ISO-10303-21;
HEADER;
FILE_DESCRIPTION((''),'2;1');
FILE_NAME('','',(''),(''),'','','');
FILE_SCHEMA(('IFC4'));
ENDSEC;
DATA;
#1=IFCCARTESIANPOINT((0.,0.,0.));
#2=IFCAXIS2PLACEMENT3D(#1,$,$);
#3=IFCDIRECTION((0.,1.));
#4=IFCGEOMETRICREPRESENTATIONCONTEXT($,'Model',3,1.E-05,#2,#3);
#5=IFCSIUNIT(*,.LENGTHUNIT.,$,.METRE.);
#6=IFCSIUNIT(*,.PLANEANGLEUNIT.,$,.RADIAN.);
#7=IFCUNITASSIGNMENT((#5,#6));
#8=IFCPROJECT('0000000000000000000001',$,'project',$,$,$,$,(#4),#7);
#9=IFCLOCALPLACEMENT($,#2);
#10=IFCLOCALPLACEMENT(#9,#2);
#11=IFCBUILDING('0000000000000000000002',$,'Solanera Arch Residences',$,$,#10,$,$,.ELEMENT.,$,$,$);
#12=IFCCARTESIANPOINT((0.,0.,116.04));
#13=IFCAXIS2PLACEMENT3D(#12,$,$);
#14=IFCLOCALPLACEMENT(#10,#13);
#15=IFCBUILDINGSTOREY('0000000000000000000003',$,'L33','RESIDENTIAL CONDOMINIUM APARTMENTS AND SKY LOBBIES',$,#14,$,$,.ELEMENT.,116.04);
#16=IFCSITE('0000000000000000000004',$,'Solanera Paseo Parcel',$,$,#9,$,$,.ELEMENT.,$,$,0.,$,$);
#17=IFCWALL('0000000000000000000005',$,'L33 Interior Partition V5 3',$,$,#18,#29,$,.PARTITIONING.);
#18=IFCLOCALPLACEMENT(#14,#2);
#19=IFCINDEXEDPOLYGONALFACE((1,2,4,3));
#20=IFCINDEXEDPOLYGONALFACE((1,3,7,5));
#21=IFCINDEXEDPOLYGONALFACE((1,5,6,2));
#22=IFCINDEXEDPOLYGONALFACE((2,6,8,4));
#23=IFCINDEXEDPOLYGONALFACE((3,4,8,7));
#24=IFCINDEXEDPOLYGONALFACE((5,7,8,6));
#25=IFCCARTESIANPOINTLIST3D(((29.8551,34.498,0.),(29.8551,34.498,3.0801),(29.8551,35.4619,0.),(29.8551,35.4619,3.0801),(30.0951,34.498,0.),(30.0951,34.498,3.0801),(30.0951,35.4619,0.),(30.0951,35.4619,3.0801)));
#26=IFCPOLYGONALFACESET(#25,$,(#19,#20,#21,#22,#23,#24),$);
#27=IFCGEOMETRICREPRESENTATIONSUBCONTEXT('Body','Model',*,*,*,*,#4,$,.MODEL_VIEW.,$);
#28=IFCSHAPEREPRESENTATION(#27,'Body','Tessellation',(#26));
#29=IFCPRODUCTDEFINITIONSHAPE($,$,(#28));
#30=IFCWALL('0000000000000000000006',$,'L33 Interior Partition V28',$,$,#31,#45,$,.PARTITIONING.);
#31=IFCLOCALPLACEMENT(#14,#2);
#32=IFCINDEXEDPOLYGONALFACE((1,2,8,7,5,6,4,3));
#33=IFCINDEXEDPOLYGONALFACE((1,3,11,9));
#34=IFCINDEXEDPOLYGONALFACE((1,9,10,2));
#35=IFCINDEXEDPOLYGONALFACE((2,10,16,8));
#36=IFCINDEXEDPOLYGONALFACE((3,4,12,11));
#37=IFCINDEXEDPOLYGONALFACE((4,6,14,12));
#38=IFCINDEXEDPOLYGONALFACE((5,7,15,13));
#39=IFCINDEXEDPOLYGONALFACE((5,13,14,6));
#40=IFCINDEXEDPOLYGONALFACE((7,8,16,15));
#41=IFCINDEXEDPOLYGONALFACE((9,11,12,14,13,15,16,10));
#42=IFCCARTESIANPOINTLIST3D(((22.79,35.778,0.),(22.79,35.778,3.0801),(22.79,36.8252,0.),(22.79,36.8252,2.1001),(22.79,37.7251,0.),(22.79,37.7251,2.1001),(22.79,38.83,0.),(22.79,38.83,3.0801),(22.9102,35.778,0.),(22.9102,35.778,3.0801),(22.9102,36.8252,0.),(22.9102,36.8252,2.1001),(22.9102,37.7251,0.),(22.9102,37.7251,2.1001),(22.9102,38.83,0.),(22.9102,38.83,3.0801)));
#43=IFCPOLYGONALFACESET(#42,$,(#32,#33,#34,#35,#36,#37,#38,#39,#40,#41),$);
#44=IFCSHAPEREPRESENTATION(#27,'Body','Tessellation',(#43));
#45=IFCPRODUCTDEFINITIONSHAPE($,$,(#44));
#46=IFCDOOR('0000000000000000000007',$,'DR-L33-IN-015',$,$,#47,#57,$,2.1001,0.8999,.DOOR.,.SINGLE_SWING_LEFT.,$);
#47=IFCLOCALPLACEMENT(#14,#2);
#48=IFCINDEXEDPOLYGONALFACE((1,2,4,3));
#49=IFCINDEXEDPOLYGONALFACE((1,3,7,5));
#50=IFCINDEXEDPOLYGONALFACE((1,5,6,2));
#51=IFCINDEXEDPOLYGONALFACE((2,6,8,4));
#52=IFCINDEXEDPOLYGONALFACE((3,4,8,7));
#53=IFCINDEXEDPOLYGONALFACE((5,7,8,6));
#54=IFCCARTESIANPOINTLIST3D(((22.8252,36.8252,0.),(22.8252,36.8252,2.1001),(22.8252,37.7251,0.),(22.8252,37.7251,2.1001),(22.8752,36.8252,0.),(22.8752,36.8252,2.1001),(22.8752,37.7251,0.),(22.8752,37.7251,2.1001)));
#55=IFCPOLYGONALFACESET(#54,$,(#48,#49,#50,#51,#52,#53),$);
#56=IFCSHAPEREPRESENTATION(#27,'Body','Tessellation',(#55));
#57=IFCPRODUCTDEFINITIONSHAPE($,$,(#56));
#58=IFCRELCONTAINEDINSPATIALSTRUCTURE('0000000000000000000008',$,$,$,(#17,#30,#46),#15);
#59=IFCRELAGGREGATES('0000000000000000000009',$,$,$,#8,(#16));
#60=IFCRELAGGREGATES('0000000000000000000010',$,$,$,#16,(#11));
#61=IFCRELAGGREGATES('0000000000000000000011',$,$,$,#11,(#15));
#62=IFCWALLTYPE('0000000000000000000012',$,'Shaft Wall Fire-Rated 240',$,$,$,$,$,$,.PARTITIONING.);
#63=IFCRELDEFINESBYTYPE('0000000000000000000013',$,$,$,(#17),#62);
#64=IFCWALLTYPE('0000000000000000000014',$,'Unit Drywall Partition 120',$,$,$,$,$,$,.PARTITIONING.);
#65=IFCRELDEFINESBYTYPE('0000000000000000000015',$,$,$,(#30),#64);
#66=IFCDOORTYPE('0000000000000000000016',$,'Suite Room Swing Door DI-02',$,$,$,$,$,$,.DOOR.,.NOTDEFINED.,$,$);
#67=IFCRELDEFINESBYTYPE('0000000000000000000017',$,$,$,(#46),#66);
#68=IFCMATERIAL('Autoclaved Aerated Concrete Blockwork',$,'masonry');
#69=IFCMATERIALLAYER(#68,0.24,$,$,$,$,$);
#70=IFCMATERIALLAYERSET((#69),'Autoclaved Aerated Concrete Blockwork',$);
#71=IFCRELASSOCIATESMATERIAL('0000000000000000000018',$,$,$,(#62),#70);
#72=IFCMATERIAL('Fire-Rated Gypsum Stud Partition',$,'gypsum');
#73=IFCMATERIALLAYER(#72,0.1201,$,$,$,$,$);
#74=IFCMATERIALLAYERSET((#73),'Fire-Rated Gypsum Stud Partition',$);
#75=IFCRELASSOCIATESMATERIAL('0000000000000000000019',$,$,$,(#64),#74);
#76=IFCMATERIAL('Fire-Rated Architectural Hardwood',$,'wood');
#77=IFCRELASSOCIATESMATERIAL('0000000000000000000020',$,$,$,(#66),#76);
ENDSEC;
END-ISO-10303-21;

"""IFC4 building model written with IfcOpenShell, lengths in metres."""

from ifc_helpers import new_model, si_unit, direction, frame, frame_2d, origin, place, context, subcontext, project, spatial, rectangle, extrude, material, layer, layer_set, type_object, element, fill, save


model = new_model("IFC4")

# Units and contexts
model_context = context("Model", 3, precision=1e-05, world=origin(), true_north=direction((0.0, 1.0)))
body_context = subcontext(model_context, "Body", "Model", "MODEL_VIEW")
ifc_project = project(units=[si_unit("LENGTHUNIT", "METRE"), si_unit("PLANEANGLEUNIT", "RADIAN")], contexts=[model_context])

# Site, building, storey
site_placement = place(None, origin())
site = spatial("IfcSite", under=ifc_project, at=site_placement, Name="Solanera Paseo Parcel", CompositionType="ELEMENT", RefElevation=0.0)
building_placement = place(site_placement, origin())
building = spatial("IfcBuilding", under=site, at=building_placement, Name="Solanera Arch Residences", CompositionType="ELEMENT")
storey_placement = place(building_placement, frame((0.0, 0.0, 116.04)))
storey = spatial("IfcBuildingStorey", under=building, at=storey_placement, Name="L33", Description="RESIDENTIAL CONDOMINIUM APARTMENTS AND SKY LOBBIES", CompositionType="ELEMENT", Elevation=116.04)

# Shared definitions
ifc_material_1 = material(Name="Autoclaved Aerated Concrete Blockwork", Category="masonry")
ifc_layer_1 = layer(ifc_material_1, 0.24)
ifc_layer_set_1 = layer_set([ifc_layer_1], Name="Autoclaved Aerated Concrete Blockwork")
wall_type_1 = type_object("IfcWallType", Name="Shaft Wall Fire-Rated 240", PredefinedType="PARTITIONING", material=ifc_layer_set_1)

# Wall
wall_1_placement = place(storey_placement, frame((29.9751, 34.498, 0.0), z_axis=(0.0, 0.0, 1.0), x_axis=(0.0, 1.0, 0.0)))
element("IfcWall", 1, at=wall_1_placement, inside=storey, type_object=wall_type_1, Name="L33 Interior Partition V5 3", PredefinedType="PARTITIONING", context=body_context, shape_type="SweptSolid", body=[
    extrude(rectangle(XDim=0.9639, YDim=0.24, at=frame_2d((0.4819, 0.0))), origin(), (0.0, 0.0, 1.0), 3.0801),
])

# Wall, opening, door
ifc_material_2 = material(Name="Fire-Rated Gypsum Stud Partition", Category="gypsum")
ifc_layer_2 = layer(ifc_material_2, 0.1201)
ifc_layer_set_2 = layer_set([ifc_layer_2], Name="Fire-Rated Gypsum Stud Partition")
wall_type_2 = type_object("IfcWallType", Name="Unit Drywall Partition 120", PredefinedType="PARTITIONING", material=ifc_layer_set_2)
wall_2_placement = place(storey_placement, frame((22.8501, 35.7781, 0.0), z_axis=(0.0, 0.0, 1.0), x_axis=(0.0, 1.0, 0.0)))
wall_2 = element("IfcWall", 2, at=wall_2_placement, inside=storey, type_object=wall_type_2, Name="L33 Interior Partition V28", PredefinedType="PARTITIONING", context=body_context, shape_type="SweptSolid", body=[
    extrude(rectangle(XDim=3.052, YDim=0.1201, at=frame_2d((1.5259, 0.0))), origin(), (0.0, 0.0, 1.0), 3.0801),
])
opening_1_placement = place(wall_2_placement, frame((1.0471, 0.0, 0.0)))
opening_1 = element("IfcOpeningElement", 3, at=opening_1_placement, cuts=wall_2, PredefinedType="OPENING", context=body_context, shape_type="SweptSolid", body=[
    extrude(rectangle(XDim=0.8999, YDim=2.1001, at=frame_2d((0.45, 1.05))), frame((0.0, 0.0701, 0.0), z_axis=(0.0, -1.0, 0.0), x_axis=(1.0, 0.0, 0.0)), (0.0, 0.0, 1.0), 0.1401),
])
ifc_material_3 = material(Name="Fire-Rated Architectural Hardwood", Category="wood")
door_type_1 = type_object("IfcDoorType", Name="Suite Room Swing Door DI-02", OperationType="NOTDEFINED", PredefinedType="DOOR", material=ifc_material_3)
door_1_placement = place(opening_1_placement, origin())
door_1 = element("IfcDoor", 4, at=door_1_placement, inside=storey, type_object=door_type_1, Name="DR-L33-IN-015", OperationType="SINGLE_SWING_LEFT", OverallHeight=2.1001, OverallWidth=0.8999, PredefinedType="DOOR", context=body_context, shape_type="SweptSolid", body=[
    extrude(rectangle(XDim=0.8999, YDim=2.1001, at=frame_2d((0.45, 1.05))), frame((0.0, 0.0249, 0.0), z_axis=(0.0, -1.0, 0.0), x_axis=(1.0, 0.0, 0.0)), (0.0, 0.0, 1.0), 0.05),
])
fill(opening_1, door_1)

save(model, "model.ifc")
